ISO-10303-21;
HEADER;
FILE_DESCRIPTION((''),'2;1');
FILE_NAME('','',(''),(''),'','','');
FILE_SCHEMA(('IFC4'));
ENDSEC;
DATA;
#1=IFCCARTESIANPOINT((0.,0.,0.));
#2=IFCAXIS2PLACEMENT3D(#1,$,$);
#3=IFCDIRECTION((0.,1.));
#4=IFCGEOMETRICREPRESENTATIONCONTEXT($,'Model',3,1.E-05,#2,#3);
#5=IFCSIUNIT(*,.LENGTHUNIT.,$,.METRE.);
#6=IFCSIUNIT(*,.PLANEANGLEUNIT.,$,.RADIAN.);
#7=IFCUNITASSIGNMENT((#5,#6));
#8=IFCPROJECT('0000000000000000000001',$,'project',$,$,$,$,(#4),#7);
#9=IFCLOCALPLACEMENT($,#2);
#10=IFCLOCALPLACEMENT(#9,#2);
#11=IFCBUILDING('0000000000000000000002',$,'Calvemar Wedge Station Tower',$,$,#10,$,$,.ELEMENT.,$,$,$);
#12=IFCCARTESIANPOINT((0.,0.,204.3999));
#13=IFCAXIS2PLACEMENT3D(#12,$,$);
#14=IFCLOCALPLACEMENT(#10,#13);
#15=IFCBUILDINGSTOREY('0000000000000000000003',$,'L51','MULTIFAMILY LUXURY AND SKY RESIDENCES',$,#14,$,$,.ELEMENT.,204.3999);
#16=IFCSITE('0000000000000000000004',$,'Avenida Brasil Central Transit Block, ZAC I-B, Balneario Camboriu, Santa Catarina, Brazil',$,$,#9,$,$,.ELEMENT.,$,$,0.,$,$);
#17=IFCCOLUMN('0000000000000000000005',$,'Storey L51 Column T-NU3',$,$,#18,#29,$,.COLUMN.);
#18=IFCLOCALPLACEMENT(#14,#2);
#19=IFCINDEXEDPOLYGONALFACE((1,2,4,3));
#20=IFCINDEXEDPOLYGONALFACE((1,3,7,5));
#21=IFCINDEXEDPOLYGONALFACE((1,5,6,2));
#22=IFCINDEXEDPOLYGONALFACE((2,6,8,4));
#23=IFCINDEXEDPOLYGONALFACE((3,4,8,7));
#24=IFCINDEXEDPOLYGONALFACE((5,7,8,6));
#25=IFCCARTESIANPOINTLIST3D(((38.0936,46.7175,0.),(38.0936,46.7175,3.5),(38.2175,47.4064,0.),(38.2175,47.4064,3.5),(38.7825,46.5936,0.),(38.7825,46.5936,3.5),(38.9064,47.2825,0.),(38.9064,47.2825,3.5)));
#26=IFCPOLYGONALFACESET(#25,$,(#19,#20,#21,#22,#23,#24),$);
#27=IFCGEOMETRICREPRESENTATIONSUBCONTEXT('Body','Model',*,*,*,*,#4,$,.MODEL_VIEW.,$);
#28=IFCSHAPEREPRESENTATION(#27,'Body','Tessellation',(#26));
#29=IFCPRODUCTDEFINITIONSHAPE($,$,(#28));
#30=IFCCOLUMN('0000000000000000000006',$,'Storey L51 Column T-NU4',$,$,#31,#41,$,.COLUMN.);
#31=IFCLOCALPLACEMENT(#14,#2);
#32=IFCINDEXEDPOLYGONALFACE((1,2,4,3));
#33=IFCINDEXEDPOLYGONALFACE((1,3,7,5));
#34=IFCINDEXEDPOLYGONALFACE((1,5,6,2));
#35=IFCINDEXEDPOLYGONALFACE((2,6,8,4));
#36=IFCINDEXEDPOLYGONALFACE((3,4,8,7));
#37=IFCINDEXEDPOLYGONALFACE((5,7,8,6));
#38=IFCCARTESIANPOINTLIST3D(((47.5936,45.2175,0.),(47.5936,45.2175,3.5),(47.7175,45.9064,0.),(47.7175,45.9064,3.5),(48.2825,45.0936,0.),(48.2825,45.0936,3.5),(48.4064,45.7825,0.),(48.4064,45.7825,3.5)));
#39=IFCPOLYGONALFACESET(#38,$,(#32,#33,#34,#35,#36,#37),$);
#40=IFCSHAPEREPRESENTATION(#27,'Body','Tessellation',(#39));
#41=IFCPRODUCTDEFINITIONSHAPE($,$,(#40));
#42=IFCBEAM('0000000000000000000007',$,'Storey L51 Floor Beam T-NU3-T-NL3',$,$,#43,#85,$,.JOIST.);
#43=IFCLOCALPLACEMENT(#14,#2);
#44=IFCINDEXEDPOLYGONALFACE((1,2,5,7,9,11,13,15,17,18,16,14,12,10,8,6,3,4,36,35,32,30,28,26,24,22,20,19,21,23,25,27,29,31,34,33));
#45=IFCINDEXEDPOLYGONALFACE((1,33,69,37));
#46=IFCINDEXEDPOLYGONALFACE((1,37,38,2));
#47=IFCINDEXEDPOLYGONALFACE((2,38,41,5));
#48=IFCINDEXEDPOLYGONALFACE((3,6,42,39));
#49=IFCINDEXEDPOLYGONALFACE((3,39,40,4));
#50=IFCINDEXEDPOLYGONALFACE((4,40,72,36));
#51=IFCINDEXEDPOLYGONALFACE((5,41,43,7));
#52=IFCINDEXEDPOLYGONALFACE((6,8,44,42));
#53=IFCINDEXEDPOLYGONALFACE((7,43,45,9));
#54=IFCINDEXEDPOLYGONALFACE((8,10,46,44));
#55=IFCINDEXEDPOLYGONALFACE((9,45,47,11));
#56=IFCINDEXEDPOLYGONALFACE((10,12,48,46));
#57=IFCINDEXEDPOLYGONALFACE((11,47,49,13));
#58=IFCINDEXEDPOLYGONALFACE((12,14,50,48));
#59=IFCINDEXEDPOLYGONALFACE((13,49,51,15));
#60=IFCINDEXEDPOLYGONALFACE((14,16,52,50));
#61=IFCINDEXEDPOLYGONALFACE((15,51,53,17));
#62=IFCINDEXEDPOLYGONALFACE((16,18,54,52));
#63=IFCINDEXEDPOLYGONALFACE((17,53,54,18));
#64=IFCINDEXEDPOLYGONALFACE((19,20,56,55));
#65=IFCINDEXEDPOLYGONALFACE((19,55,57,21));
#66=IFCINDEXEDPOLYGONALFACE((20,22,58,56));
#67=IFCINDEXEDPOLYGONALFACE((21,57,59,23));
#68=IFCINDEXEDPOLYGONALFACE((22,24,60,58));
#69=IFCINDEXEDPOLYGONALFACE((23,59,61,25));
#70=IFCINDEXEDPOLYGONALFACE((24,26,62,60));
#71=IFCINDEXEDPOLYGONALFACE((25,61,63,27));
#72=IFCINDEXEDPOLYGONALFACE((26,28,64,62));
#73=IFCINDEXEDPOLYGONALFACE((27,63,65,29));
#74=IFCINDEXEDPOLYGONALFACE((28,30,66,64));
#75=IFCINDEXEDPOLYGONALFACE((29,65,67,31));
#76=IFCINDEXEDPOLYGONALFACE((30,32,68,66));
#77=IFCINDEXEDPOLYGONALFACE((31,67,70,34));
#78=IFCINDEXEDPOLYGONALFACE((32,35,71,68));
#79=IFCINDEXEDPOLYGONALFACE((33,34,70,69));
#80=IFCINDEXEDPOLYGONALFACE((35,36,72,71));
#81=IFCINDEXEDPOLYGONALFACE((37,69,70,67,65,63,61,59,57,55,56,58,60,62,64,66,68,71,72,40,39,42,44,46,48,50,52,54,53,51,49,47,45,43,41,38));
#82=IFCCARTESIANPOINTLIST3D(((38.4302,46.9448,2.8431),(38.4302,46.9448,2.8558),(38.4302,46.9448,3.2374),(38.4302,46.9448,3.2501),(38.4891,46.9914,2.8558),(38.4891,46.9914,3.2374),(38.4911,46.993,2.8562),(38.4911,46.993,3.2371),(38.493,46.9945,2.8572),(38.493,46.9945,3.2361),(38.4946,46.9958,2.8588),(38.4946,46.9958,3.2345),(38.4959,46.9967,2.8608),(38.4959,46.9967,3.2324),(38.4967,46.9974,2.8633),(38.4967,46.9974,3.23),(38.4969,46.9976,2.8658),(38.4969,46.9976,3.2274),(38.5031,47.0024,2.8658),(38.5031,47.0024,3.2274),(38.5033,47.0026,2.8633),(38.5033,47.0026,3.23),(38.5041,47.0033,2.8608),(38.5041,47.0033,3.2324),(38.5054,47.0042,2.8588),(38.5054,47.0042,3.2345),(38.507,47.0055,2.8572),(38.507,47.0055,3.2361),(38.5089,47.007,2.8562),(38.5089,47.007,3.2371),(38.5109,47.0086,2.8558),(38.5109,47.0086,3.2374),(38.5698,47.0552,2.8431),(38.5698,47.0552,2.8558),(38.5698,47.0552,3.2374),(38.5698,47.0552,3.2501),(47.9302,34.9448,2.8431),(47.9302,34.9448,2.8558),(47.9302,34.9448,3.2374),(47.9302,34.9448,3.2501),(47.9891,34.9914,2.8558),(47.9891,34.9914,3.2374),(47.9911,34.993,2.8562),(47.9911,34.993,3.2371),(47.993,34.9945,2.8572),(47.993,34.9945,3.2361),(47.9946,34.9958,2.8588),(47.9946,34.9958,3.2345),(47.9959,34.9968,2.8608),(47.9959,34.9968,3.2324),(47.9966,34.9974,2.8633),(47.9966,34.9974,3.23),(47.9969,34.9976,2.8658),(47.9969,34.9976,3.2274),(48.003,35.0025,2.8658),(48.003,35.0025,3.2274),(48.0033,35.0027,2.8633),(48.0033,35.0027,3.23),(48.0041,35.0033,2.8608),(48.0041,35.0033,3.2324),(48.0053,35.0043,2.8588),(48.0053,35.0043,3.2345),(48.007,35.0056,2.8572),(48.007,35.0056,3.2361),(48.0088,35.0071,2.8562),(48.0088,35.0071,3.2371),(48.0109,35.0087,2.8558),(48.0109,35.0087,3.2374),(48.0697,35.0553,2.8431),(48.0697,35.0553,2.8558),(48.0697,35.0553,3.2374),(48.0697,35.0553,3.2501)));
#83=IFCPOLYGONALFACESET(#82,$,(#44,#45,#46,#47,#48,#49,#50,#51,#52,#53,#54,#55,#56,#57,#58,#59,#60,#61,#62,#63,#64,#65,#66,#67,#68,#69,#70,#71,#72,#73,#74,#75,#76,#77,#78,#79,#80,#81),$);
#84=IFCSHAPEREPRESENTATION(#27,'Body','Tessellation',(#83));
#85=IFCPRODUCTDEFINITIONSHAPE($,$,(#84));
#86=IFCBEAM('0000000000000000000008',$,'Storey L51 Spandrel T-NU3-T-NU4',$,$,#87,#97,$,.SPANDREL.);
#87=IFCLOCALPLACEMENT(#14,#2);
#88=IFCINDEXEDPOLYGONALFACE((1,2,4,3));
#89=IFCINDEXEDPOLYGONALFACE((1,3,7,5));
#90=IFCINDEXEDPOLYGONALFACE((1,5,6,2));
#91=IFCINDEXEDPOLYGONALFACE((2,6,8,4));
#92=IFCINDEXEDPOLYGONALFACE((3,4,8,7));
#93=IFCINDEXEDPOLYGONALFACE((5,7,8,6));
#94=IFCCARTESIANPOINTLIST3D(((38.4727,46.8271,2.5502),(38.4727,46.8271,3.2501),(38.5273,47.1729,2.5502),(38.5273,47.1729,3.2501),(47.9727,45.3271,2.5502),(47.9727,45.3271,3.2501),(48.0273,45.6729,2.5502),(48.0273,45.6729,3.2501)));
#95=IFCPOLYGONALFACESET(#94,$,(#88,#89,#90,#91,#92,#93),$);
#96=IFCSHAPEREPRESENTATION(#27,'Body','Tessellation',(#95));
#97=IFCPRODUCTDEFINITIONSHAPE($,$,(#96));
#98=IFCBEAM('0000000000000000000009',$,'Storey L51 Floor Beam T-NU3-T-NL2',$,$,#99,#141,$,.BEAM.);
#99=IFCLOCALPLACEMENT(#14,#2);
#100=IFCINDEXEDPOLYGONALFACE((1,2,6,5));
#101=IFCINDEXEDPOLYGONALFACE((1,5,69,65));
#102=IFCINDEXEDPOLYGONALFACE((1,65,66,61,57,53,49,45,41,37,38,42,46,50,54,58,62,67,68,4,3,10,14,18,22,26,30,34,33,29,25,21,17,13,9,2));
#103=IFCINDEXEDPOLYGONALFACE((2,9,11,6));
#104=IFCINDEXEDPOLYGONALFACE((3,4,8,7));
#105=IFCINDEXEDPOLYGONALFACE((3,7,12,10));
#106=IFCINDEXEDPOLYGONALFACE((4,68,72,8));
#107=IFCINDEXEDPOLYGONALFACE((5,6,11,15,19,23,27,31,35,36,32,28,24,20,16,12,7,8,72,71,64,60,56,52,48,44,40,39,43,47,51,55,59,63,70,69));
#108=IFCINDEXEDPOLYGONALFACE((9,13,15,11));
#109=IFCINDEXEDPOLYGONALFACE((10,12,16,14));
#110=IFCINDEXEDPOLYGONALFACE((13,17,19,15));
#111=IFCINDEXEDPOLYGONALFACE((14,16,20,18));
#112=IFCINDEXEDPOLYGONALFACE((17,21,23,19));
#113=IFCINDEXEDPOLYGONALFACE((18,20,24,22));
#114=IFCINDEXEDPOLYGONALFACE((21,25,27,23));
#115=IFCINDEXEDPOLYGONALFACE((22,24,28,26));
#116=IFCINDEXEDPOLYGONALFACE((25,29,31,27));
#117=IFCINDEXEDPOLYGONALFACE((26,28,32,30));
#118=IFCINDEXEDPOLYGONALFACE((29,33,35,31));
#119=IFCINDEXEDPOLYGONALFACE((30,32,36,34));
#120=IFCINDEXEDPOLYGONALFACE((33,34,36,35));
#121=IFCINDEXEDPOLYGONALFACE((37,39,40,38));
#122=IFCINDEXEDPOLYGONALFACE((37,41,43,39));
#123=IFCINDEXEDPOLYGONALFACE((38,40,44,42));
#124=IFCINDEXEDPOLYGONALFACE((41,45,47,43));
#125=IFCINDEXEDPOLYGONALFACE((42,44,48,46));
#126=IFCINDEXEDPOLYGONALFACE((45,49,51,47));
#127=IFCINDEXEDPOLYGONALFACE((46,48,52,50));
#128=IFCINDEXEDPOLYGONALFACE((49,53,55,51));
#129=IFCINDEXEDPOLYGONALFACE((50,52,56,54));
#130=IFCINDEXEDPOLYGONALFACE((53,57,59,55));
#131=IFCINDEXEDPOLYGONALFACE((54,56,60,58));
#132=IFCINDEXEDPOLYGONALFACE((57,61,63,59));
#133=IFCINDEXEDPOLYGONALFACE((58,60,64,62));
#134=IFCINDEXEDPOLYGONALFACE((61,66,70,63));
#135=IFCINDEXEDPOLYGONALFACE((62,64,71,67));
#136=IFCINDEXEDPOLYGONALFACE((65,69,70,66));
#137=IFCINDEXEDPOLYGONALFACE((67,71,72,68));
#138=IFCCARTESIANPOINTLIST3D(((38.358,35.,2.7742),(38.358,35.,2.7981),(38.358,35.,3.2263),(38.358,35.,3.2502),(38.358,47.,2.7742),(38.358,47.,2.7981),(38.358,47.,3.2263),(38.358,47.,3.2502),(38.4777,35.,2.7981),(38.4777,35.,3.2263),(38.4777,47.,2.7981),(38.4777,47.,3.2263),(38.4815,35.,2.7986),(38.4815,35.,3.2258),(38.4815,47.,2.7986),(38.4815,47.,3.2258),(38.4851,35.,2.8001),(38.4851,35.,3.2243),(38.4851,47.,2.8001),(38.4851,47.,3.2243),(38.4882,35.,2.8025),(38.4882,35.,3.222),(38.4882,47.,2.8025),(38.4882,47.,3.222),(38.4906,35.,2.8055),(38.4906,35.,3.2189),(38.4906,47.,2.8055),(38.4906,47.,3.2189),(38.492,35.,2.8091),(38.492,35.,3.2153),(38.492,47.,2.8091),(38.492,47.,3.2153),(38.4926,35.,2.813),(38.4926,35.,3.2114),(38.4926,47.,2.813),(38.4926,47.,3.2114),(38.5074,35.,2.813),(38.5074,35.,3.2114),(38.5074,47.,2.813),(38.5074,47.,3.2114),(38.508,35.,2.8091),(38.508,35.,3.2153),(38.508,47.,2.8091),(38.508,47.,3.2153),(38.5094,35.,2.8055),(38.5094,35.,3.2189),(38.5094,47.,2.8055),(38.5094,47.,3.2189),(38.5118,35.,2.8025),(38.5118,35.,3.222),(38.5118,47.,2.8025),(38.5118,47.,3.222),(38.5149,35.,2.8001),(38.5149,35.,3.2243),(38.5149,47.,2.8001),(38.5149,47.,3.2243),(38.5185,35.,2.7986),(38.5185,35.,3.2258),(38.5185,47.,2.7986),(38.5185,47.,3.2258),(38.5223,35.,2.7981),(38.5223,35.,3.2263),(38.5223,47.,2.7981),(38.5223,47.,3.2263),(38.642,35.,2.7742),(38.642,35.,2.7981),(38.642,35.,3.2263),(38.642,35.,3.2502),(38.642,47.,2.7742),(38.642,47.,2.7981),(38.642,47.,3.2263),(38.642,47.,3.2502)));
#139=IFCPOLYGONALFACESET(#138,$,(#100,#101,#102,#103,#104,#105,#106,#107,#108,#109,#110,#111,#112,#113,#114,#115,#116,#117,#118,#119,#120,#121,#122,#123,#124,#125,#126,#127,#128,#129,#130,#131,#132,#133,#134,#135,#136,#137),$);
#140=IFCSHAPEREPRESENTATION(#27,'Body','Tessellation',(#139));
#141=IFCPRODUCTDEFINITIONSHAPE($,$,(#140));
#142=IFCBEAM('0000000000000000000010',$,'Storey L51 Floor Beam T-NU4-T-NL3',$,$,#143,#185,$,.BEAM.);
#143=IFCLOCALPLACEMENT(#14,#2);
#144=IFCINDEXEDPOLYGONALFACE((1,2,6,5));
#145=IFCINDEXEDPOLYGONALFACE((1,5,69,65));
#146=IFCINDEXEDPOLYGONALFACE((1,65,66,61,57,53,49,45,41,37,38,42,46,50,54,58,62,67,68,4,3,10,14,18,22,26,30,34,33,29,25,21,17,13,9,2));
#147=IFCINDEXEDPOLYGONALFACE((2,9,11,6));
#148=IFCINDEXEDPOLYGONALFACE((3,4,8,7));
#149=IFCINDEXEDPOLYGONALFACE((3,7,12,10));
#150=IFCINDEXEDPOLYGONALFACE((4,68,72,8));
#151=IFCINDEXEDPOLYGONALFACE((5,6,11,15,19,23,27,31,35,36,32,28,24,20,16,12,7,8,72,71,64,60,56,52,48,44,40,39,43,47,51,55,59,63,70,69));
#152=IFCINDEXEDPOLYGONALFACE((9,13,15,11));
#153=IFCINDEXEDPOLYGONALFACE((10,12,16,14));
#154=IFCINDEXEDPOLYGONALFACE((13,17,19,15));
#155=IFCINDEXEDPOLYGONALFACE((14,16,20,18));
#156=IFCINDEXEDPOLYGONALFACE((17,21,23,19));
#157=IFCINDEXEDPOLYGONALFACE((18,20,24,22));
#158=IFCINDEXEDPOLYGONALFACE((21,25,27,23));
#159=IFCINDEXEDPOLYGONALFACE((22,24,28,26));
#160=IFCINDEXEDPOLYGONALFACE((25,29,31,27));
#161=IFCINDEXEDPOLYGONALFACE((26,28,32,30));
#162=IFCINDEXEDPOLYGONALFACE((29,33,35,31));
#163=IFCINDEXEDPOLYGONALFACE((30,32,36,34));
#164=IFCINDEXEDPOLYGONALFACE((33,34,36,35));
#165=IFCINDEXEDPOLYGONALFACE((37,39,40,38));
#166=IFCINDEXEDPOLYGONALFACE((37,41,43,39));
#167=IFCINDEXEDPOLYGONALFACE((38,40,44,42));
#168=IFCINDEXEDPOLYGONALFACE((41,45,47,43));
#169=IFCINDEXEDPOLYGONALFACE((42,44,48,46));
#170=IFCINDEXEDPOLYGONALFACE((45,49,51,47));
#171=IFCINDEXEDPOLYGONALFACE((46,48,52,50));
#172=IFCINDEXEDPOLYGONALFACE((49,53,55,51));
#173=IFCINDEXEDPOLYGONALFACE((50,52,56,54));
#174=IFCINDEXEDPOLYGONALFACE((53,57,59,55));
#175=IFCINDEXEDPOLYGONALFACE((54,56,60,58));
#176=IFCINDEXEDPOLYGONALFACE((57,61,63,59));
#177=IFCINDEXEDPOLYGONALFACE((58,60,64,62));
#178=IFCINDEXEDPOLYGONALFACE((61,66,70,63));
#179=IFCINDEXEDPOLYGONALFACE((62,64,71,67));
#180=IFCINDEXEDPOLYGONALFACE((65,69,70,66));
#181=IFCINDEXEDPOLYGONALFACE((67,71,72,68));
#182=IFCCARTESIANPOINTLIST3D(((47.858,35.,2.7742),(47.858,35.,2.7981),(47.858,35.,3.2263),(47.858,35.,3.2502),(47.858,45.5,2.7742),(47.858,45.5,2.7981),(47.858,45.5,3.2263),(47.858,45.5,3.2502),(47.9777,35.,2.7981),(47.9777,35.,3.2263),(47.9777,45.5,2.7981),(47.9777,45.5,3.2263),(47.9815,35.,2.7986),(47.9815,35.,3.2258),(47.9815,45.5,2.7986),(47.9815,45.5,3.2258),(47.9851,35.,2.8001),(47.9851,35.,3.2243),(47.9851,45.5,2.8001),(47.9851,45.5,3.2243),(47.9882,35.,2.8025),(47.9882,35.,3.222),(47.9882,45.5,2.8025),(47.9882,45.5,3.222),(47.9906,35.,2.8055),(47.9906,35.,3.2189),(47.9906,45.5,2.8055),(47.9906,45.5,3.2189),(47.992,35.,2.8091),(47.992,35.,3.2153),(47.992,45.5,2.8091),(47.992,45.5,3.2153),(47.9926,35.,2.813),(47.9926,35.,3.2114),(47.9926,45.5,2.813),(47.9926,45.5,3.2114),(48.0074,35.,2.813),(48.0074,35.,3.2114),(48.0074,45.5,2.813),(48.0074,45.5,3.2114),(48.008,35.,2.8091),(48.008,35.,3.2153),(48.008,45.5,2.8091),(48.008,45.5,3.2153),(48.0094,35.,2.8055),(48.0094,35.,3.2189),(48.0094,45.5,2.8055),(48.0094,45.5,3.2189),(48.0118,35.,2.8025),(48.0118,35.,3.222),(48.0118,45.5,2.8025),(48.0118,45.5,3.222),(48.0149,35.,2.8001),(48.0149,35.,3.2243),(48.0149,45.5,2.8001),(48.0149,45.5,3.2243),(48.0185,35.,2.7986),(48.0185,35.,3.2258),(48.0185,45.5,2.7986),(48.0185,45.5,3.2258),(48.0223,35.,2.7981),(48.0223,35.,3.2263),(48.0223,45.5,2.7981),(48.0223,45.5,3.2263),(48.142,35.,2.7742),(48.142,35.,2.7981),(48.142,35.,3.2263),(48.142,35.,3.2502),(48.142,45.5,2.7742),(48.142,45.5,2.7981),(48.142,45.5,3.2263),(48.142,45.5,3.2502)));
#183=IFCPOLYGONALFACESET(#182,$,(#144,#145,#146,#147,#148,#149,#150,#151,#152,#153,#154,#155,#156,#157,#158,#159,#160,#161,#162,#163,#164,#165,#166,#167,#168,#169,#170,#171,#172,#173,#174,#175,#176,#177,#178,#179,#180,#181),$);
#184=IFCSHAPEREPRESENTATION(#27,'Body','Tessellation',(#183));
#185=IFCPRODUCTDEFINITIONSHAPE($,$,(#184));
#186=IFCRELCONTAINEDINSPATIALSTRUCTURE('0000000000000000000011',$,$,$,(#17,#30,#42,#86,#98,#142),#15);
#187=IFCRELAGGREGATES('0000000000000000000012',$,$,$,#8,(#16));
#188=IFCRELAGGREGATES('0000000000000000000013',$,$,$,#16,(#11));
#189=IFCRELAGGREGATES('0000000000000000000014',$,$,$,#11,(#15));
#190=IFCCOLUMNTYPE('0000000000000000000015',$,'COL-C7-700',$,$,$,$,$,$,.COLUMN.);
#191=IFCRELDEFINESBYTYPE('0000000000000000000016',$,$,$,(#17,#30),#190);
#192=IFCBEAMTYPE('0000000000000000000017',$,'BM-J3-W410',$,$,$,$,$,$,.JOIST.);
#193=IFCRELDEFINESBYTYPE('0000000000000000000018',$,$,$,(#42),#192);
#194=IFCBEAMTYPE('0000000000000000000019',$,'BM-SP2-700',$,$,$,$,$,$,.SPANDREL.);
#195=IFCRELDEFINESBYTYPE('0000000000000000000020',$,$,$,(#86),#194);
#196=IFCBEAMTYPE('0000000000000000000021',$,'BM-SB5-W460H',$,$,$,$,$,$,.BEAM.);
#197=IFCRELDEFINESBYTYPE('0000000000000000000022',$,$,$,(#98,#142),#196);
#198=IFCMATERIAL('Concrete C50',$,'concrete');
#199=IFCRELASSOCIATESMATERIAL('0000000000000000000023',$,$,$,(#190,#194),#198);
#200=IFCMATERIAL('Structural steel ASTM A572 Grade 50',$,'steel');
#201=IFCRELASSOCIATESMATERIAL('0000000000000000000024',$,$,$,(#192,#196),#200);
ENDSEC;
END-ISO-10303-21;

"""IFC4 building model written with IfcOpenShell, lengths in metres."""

from ifc_helpers import new_model, si_unit, direction, frame, origin, origin_2d, place, context, subcontext, project, spatial, rectangle, i_section, extrude, source, transform, mapped, material, material_profile, profile_set, type_object, element, save


model = new_model("IFC4")

# Units and contexts
model_context = context("Model", 3, precision=1e-05, world=origin(), true_north=direction((0.0, 1.0)))
body_context = subcontext(model_context, "Body", "Model", "MODEL_VIEW")
ifc_project = project(units=[si_unit("LENGTHUNIT", "METRE"), si_unit("PLANEANGLEUNIT", "RADIAN")], contexts=[model_context])

# Site, building, storey
site_placement = place(None, origin())
site = spatial("IfcSite", under=ifc_project, at=site_placement, Name="Avenida Brasil Central Transit Block, ZAC I-B, Balneario Camboriu, Santa Catarina, Brazil", CompositionType="ELEMENT", RefElevation=0.0)
building_placement = place(site_placement, origin())
building = spatial("IfcBuilding", under=site, at=building_placement, Name="Calvemar Wedge Station Tower", CompositionType="ELEMENT")
storey_placement = place(building_placement, frame((0.0, 0.0, 204.3999)))
storey = spatial("IfcBuildingStorey", under=building, at=storey_placement, Name="L51", Description="MULTIFAMILY LUXURY AND SKY RESIDENCES", CompositionType="ELEMENT", Elevation=204.3999)

# Columns
ifc_material_1 = material(Name="Concrete C50", Category="concrete")
ifc_material_profile_1 = material_profile(ifc_material_1, rectangle(XDim=0.7, YDim=0.7, at=origin_2d()), Name="RC700x700")
ifc_profile_set_1 = profile_set([ifc_material_profile_1], Name="Concrete C50")
column_type = type_object("IfcColumnType", Name="COL-C7-700", PredefinedType="COLUMN", material=ifc_profile_set_1)
shared_shape_1 = source(origin(), body_context, "Body", "SweptSolid", [
    extrude(rectangle(XDim=0.7, YDim=0.7, at=origin_2d()), origin(), (0.0, 0.0, 1.0), 3.5),
])
for number, where, z_axis, x_axis, name in (
    (1, (38.5, 47.0, 0.0), (0.0, 0.0, 1.0), (0.984196, -0.177085, 0.0), "Storey L51 Column T-NU3"),
    (2, (48.0, 45.5, 0.0), (0.0, 0.0, 1.0), (0.984196, -0.177085, 0.0), "Storey L51 Column T-NU4"),
):
    element("IfcColumn", number, at=place(storey_placement, frame(where, z_axis=z_axis, x_axis=x_axis)), inside=storey, type_object=column_type, Name=name, PredefinedType="COLUMN", context=body_context, shape_type="MappedRepresentation", body=[
        mapped(shared_shape_1, transform((0.0, 0.0, 0.0), scale=1.0)),
    ])

# Beams
ifc_material_2 = material(Name="Structural steel ASTM A572 Grade 50", Category="steel")
ifc_material_profile_2 = material_profile(ifc_material_2, i_section(OverallWidth=0.178, OverallDepth=0.407, WebThickness=0.0078, FlangeThickness=0.0127, FilletRadius=0.01, at=origin_2d()), Name="W410x60")
ifc_profile_set_2 = profile_set([ifc_material_profile_2], Name="Structural steel ASTM A572 Grade 50")
beam_type_1 = type_object("IfcBeamType", Name="BM-J3-W410", PredefinedType="JOIST", material=ifc_profile_set_2)
shared_shape_2 = source(origin(), body_context, "Body", "SweptSolid", [
    extrude(i_section(OverallWidth=0.178, OverallDepth=0.407, WebThickness=0.0078, FlangeThickness=0.0127, FilletRadius=0.01, at=origin_2d()), origin(), (0.0, 0.0, 1.0), 15.3052),
])
beam_1_placement = place(storey_placement, frame((38.5, 47.0, 3.0466), z_axis=(0.620703, -0.784046, 0.0), x_axis=(0.784046, 0.620703, 0.0)))
element("IfcBeam", 3, at=beam_1_placement, inside=storey, type_object=beam_type_1, Name="Storey L51 Floor Beam T-NU3-T-NL3", PredefinedType="JOIST", context=body_context, shape_type="MappedRepresentation", body=[
    mapped(shared_shape_2, transform((0.0, 0.0, 0.0), scale=1.0)),
])
ifc_material_profile_3 = material_profile(ifc_material_1, rectangle(XDim=0.3501, YDim=0.7, at=origin_2d()), Name="RC350x700")
ifc_profile_set_3 = profile_set([ifc_material_profile_3], Name="Concrete C50")
beam_type_2 = type_object("IfcBeamType", Name="BM-SP2-700", PredefinedType="SPANDREL", material=ifc_profile_set_3)
shared_shape_3 = source(origin(), body_context, "Body", "SweptSolid", [
    extrude(rectangle(XDim=0.3501, YDim=0.7, at=origin_2d()), origin(), (0.0, 0.0, 1.0), 9.6177),
])
beam_2_placement = place(storey_placement, frame((38.5, 47.0, 2.9001), z_axis=(0.987763, -0.155963, 0.0), x_axis=(0.155963, 0.987763, 0.0)))
element("IfcBeam", 4, at=beam_2_placement, inside=storey, type_object=beam_type_2, Name="Storey L51 Spandrel T-NU3-T-NU4", PredefinedType="SPANDREL", context=body_context, shape_type="MappedRepresentation", body=[
    mapped(shared_shape_3, transform((0.0, 0.0, 0.0), scale=1.0)),
])
ifc_material_profile_4 = material_profile(ifc_material_2, i_section(OverallWidth=0.2839, OverallDepth=0.4761, WebThickness=0.0149, FlangeThickness=0.0239, FilletRadius=0.0149, at=origin_2d()), Name="W460x158")
ifc_profile_set_4 = profile_set([ifc_material_profile_4], Name="Structural steel ASTM A572 Grade 50")
beam_type_3 = type_object("IfcBeamType", Name="BM-SB5-W460H", PredefinedType="BEAM", material=ifc_profile_set_4)
shared_shape_4 = source(origin(), body_context, "Body", "SweptSolid", [
    extrude(i_section(OverallWidth=0.2839, OverallDepth=0.4761, WebThickness=0.0149, FlangeThickness=0.0239, FilletRadius=0.0149, at=origin_2d()), origin(), (0.0, 0.0, 1.0), 12.0),
])
beam_3_placement = place(storey_placement, frame((38.5, 47.0, 3.0122), z_axis=(0.0, -1.0, 0.0), x_axis=(1.0, 0.0, 0.0)))
element("IfcBeam", 5, at=beam_3_placement, inside=storey, type_object=beam_type_3, Name="Storey L51 Floor Beam T-NU3-T-NL2", PredefinedType="BEAM", context=body_context, shape_type="MappedRepresentation", body=[
    mapped(shared_shape_4, transform((0.0, 0.0, 0.0), scale=1.0)),
])
shared_shape_5 = source(origin(), body_context, "Body", "SweptSolid", [
    extrude(i_section(OverallWidth=0.2839, OverallDepth=0.4761, WebThickness=0.0149, FlangeThickness=0.0239, FilletRadius=0.0149, at=origin_2d()), origin(), (0.0, 0.0, 1.0), 10.5),
])
beam_4_placement = place(storey_placement, frame((48.0, 45.5, 3.0122), z_axis=(0.0, -1.0, 0.0), x_axis=(1.0, 0.0, 0.0)))
element("IfcBeam", 6, at=beam_4_placement, inside=storey, type_object=beam_type_3, Name="Storey L51 Floor Beam T-NU4-T-NL3", PredefinedType="BEAM", context=body_context, shape_type="MappedRepresentation", body=[
    mapped(shared_shape_5, transform((0.0, 0.0, 0.0), scale=1.0)),
])

save(model, "model.ifc")
